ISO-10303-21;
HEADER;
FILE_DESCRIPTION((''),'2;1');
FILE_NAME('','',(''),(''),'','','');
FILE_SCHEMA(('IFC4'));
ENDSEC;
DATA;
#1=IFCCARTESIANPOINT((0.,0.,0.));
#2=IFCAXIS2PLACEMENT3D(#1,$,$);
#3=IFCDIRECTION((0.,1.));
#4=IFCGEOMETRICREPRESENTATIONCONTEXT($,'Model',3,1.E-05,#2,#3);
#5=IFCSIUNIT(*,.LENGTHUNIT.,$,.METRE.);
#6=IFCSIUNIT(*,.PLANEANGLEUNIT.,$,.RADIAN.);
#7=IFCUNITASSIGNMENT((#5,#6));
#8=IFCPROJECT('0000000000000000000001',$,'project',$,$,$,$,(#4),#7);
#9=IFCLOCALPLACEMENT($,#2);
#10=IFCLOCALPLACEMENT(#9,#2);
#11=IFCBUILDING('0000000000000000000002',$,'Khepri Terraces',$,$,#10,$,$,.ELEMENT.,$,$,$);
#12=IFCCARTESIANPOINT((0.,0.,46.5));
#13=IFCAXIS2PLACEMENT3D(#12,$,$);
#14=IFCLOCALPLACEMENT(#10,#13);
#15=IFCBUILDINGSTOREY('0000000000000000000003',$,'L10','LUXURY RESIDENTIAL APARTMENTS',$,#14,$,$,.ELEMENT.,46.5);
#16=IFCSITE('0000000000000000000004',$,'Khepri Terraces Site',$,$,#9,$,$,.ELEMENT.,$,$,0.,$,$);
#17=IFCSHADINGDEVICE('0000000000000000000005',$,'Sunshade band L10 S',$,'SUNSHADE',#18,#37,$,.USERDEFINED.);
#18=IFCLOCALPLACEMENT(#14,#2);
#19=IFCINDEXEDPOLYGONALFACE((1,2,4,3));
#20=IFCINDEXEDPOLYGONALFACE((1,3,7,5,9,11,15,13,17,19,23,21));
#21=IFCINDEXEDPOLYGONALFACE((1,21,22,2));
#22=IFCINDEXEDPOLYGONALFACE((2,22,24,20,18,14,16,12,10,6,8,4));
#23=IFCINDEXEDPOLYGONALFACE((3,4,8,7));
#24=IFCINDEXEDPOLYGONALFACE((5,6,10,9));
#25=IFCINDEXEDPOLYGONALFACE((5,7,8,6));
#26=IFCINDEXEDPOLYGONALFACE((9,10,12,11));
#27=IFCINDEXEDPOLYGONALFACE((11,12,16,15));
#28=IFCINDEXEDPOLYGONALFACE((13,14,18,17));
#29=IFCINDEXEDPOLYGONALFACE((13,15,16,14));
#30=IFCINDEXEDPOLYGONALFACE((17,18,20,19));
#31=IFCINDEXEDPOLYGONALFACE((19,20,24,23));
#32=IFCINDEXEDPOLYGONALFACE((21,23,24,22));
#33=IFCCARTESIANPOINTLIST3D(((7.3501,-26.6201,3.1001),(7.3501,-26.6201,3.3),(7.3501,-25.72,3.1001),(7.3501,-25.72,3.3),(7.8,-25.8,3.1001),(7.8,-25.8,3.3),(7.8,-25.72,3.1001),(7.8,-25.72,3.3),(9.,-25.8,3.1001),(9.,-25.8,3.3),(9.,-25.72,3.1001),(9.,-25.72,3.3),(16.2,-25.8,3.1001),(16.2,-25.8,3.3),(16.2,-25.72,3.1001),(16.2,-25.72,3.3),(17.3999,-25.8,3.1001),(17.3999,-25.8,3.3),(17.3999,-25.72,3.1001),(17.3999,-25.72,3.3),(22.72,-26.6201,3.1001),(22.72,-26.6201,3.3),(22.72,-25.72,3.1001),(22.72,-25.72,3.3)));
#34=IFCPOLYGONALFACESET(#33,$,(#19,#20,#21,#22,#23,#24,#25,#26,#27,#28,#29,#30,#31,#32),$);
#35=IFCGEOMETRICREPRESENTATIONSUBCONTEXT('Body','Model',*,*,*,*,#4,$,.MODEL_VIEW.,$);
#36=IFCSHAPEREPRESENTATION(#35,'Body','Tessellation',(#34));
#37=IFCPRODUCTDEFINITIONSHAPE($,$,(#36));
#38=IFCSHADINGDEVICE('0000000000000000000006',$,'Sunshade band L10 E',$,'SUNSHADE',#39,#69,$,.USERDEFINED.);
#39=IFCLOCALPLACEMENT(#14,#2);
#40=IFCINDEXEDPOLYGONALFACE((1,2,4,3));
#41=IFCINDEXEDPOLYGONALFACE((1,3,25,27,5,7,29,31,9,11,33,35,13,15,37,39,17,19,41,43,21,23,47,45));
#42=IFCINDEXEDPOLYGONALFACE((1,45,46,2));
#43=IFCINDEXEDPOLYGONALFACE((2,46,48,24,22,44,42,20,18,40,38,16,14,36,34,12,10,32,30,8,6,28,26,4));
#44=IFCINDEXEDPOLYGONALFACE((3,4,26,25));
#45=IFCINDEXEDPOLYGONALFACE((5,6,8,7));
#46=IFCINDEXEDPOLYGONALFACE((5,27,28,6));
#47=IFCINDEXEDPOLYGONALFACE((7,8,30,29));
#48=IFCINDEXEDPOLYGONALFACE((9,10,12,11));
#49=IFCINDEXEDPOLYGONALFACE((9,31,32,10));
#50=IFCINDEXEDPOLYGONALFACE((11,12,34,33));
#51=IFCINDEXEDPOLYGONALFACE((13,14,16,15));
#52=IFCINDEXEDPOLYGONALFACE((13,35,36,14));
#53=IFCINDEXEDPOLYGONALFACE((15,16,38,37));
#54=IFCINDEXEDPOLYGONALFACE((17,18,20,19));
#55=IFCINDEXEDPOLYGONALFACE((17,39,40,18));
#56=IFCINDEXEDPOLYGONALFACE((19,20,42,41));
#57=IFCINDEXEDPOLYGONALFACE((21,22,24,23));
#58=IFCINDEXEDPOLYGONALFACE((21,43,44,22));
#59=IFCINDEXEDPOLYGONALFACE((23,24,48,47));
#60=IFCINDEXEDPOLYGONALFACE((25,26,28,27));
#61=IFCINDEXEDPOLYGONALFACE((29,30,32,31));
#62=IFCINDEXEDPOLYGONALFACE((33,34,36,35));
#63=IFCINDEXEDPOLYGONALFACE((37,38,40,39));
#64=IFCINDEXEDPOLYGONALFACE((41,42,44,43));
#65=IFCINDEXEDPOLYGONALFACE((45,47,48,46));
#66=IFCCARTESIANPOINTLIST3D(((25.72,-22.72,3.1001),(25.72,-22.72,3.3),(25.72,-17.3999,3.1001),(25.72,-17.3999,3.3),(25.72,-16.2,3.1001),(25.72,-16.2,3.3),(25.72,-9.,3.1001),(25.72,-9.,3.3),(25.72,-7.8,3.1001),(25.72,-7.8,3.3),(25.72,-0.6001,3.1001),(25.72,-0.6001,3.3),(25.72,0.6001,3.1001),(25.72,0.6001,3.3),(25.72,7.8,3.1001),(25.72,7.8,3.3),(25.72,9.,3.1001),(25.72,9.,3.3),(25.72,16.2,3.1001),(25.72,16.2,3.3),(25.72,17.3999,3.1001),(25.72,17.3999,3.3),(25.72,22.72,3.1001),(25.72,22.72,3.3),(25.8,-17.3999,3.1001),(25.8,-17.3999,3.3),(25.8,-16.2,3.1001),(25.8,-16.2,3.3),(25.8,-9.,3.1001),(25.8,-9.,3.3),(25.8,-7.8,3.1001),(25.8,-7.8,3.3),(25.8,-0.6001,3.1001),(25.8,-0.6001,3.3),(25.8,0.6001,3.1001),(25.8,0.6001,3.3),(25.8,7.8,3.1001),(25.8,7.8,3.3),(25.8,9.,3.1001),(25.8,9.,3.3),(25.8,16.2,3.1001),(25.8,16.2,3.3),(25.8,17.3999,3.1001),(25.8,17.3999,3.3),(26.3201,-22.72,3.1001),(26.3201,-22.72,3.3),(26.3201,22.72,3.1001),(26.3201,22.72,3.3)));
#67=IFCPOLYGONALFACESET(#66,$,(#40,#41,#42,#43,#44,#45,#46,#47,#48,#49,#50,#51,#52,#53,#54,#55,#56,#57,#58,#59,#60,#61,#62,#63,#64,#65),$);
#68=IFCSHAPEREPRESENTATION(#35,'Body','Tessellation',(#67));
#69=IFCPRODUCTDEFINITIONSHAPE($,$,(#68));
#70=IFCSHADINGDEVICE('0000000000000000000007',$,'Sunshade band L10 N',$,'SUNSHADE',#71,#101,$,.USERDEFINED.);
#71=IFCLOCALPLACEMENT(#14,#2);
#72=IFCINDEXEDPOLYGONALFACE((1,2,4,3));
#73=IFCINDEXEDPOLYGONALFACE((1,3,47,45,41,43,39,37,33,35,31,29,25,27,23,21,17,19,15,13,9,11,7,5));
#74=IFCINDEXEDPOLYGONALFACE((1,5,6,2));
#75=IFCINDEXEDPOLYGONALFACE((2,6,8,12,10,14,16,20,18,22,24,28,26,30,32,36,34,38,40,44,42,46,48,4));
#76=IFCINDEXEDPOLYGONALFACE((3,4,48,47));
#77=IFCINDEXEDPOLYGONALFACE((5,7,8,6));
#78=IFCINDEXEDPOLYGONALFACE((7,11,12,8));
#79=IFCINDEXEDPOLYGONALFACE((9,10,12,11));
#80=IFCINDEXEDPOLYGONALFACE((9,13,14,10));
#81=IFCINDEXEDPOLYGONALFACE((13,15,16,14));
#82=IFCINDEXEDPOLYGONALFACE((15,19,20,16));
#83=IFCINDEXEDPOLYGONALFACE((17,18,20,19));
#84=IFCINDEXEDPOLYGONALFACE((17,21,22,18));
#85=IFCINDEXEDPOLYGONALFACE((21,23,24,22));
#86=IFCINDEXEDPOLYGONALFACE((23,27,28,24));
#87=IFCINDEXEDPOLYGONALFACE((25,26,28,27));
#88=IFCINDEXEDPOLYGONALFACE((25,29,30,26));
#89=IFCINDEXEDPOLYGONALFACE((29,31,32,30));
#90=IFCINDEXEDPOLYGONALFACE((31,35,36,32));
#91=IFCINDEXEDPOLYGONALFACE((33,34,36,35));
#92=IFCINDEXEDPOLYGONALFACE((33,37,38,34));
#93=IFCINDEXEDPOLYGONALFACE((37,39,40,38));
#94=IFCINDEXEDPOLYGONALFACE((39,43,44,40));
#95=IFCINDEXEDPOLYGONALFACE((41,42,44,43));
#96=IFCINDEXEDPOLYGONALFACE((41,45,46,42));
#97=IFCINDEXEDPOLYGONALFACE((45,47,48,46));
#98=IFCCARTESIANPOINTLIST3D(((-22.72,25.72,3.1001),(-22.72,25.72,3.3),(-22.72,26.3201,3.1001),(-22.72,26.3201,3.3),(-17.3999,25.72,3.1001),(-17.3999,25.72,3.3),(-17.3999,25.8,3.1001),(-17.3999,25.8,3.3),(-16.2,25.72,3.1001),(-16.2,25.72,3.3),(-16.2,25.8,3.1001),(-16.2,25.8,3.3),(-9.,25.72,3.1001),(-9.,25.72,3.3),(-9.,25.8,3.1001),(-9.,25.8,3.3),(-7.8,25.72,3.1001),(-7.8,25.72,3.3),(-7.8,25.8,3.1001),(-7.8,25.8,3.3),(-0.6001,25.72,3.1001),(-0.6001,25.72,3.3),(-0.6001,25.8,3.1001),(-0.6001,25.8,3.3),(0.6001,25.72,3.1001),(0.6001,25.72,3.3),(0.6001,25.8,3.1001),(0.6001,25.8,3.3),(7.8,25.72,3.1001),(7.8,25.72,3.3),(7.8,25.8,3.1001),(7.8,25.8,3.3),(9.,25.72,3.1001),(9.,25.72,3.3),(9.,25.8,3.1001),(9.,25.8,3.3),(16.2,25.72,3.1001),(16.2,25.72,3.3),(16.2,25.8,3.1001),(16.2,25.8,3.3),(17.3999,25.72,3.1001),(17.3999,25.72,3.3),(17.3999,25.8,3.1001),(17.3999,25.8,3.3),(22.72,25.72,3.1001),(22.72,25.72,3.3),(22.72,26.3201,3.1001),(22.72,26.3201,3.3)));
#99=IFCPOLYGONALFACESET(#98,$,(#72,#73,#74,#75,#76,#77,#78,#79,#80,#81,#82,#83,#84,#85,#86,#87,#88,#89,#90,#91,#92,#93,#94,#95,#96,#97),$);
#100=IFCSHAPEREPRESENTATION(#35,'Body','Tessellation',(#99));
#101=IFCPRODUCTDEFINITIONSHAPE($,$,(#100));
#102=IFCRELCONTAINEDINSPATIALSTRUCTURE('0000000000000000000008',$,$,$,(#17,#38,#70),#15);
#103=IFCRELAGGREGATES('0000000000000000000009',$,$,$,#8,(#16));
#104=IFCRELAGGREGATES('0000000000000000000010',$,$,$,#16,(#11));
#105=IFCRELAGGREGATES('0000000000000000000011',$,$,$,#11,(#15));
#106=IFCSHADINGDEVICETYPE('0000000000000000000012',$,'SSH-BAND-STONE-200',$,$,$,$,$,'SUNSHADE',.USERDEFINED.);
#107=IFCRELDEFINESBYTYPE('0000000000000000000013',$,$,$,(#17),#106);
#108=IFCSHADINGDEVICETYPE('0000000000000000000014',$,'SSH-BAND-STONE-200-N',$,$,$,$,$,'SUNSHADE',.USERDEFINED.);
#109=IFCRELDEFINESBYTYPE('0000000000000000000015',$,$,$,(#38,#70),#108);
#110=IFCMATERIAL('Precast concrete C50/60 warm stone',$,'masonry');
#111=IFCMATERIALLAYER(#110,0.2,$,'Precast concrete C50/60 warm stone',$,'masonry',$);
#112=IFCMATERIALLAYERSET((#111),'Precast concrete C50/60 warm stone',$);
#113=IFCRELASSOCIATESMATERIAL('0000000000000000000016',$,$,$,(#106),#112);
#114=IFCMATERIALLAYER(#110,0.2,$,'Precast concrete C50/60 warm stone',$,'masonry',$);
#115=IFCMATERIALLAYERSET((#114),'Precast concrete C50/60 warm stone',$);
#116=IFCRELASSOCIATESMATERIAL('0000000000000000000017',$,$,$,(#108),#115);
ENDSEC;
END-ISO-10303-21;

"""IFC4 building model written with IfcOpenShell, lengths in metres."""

from ifc_helpers import new_model, si_unit, direction, frame, origin, place, context, subcontext, project, spatial, polyline, outline, extrude, material, layer, layer_set, type_object, element, save


model = new_model("IFC4")

# Units and contexts
model_context = context("Model", 3, precision=1e-05, world=origin(), true_north=direction((0.0, 1.0)))
body_context = subcontext(model_context, "Body", "Model", "MODEL_VIEW")
ifc_project = project(units=[si_unit("LENGTHUNIT", "METRE"), si_unit("PLANEANGLEUNIT", "RADIAN")], contexts=[model_context])

# Site, building, storey
site_placement = place(None, origin())
site = spatial("IfcSite", under=ifc_project, at=site_placement, Name="Khepri Terraces Site", CompositionType="ELEMENT", RefElevation=0.0)
building_placement = place(site_placement, origin())
building = spatial("IfcBuilding", under=site, at=building_placement, Name="Khepri Terraces", CompositionType="ELEMENT")
storey_placement = place(building_placement, frame((0.0, 0.0, 46.5)))
storey = spatial("IfcBuildingStorey", under=building, at=storey_placement, Name="L10", Description="LUXURY RESIDENTIAL APARTMENTS", CompositionType="ELEMENT", Elevation=46.5)

# Shared definitions
ifc_material_1 = material(Name="Precast concrete C50/60 warm stone", Category="masonry")

# Shading devices
ifc_layer_1 = layer(ifc_material_1, 0.2, Name="Precast concrete C50/60 warm stone", Category="masonry")
ifc_layer_set_1 = layer_set([ifc_layer_1], Name="Precast concrete C50/60 warm stone")
shading_device_type_1 = type_object("IfcShadingDeviceType", Name="SSH-BAND-STONE-200", ElementType="SUNSHADE", PredefinedType="USERDEFINED", material=ifc_layer_set_1)
shading_device_1_placement = place(storey_placement, frame((0.0, 0.0, 3.1001)))
element("IfcShadingDevice", 1, at=shading_device_1_placement, inside=storey, type_object=shading_device_type_1, Name="Sunshade band L10 S", ObjectType="SUNSHADE", PredefinedType="USERDEFINED", context=body_context, shape_type="SweptSolid", body=[
    extrude(outline(polyline([(7.8, -25.72), (7.3501, -25.72), (7.3501, -26.6201), (22.72, -26.6201), (22.72, -25.72), (17.3999, -25.72), (17.3999, -25.8), (16.2, -25.8), (16.2, -25.72), (9.0, -25.72), (9.0, -25.8), (7.8, -25.8), (7.8, -25.72)])), origin(), (0.0, 0.0, 1.0), 0.2),
])
ifc_layer_2 = layer(ifc_material_1, 0.2, Name="Precast concrete C50/60 warm stone", Category="masonry")
ifc_layer_set_2 = layer_set([ifc_layer_2], Name="Precast concrete C50/60 warm stone")
shading_device_type_2 = type_object("IfcShadingDeviceType", Name="SSH-BAND-STONE-200-N", ElementType="SUNSHADE", PredefinedType="USERDEFINED", material=ifc_layer_set_2)
shading_device_2_placement = place(storey_placement, frame((0.0, 0.0, 3.1001)))
element("IfcShadingDevice", 2, at=shading_device_2_placement, inside=storey, type_object=shading_device_type_2, Name="Sunshade band L10 E", ObjectType="SUNSHADE", PredefinedType="USERDEFINED", context=body_context, shape_type="SweptSolid", body=[
    extrude(outline(polyline([(25.72, -17.3999), (25.72, -22.72), (26.3201, -22.72), (26.3201, 22.72), (25.72, 22.72), (25.72, 17.3999), (25.8, 17.3999), (25.8, 16.2), (25.72, 16.2), (25.72, 9.0), (25.8, 9.0), (25.8, 7.8), (25.72, 7.8), (25.72, 0.6001), (25.8, 0.6001), (25.8, -0.6001), (25.72, -0.6001), (25.72, -7.8), (25.8, -7.8), (25.8, -9.0), (25.72, -9.0), (25.72, -16.2), (25.8, -16.2), (25.8, -17.3999), (25.72, -17.3999)])), origin(), (0.0, 0.0, 1.0), 0.2),
])
shading_device_3_placement = place(storey_placement, frame((0.0, 0.0, 3.1001)))
element("IfcShadingDevice", 3, at=shading_device_3_placement, inside=storey, type_object=shading_device_type_2, Name="Sunshade band L10 N", ObjectType="SUNSHADE", PredefinedType="USERDEFINED", context=body_context, shape_type="SweptSolid", body=[
    extrude(outline(polyline([(17.3999, 25.72), (22.72, 25.72), (22.72, 26.3201), (-22.72, 26.3201), (-22.72, 25.72), (-17.3999, 25.72), (-17.3999, 25.8), (-16.2, 25.8), (-16.2, 25.72), (-9.0, 25.72), (-9.0, 25.8), (-7.8, 25.8), (-7.8, 25.72), (-0.6001, 25.72), (-0.6001, 25.8), (0.6001, 25.8), (0.6001, 25.72), (7.8, 25.72), (7.8, 25.8), (9.0, 25.8), (9.0, 25.72), (16.2, 25.72), (16.2, 25.8), (17.3999, 25.8), (17.3999, 25.72)])), origin(), (0.0, 0.0, 1.0), 0.2),
])

save(model, "model.ifc")
